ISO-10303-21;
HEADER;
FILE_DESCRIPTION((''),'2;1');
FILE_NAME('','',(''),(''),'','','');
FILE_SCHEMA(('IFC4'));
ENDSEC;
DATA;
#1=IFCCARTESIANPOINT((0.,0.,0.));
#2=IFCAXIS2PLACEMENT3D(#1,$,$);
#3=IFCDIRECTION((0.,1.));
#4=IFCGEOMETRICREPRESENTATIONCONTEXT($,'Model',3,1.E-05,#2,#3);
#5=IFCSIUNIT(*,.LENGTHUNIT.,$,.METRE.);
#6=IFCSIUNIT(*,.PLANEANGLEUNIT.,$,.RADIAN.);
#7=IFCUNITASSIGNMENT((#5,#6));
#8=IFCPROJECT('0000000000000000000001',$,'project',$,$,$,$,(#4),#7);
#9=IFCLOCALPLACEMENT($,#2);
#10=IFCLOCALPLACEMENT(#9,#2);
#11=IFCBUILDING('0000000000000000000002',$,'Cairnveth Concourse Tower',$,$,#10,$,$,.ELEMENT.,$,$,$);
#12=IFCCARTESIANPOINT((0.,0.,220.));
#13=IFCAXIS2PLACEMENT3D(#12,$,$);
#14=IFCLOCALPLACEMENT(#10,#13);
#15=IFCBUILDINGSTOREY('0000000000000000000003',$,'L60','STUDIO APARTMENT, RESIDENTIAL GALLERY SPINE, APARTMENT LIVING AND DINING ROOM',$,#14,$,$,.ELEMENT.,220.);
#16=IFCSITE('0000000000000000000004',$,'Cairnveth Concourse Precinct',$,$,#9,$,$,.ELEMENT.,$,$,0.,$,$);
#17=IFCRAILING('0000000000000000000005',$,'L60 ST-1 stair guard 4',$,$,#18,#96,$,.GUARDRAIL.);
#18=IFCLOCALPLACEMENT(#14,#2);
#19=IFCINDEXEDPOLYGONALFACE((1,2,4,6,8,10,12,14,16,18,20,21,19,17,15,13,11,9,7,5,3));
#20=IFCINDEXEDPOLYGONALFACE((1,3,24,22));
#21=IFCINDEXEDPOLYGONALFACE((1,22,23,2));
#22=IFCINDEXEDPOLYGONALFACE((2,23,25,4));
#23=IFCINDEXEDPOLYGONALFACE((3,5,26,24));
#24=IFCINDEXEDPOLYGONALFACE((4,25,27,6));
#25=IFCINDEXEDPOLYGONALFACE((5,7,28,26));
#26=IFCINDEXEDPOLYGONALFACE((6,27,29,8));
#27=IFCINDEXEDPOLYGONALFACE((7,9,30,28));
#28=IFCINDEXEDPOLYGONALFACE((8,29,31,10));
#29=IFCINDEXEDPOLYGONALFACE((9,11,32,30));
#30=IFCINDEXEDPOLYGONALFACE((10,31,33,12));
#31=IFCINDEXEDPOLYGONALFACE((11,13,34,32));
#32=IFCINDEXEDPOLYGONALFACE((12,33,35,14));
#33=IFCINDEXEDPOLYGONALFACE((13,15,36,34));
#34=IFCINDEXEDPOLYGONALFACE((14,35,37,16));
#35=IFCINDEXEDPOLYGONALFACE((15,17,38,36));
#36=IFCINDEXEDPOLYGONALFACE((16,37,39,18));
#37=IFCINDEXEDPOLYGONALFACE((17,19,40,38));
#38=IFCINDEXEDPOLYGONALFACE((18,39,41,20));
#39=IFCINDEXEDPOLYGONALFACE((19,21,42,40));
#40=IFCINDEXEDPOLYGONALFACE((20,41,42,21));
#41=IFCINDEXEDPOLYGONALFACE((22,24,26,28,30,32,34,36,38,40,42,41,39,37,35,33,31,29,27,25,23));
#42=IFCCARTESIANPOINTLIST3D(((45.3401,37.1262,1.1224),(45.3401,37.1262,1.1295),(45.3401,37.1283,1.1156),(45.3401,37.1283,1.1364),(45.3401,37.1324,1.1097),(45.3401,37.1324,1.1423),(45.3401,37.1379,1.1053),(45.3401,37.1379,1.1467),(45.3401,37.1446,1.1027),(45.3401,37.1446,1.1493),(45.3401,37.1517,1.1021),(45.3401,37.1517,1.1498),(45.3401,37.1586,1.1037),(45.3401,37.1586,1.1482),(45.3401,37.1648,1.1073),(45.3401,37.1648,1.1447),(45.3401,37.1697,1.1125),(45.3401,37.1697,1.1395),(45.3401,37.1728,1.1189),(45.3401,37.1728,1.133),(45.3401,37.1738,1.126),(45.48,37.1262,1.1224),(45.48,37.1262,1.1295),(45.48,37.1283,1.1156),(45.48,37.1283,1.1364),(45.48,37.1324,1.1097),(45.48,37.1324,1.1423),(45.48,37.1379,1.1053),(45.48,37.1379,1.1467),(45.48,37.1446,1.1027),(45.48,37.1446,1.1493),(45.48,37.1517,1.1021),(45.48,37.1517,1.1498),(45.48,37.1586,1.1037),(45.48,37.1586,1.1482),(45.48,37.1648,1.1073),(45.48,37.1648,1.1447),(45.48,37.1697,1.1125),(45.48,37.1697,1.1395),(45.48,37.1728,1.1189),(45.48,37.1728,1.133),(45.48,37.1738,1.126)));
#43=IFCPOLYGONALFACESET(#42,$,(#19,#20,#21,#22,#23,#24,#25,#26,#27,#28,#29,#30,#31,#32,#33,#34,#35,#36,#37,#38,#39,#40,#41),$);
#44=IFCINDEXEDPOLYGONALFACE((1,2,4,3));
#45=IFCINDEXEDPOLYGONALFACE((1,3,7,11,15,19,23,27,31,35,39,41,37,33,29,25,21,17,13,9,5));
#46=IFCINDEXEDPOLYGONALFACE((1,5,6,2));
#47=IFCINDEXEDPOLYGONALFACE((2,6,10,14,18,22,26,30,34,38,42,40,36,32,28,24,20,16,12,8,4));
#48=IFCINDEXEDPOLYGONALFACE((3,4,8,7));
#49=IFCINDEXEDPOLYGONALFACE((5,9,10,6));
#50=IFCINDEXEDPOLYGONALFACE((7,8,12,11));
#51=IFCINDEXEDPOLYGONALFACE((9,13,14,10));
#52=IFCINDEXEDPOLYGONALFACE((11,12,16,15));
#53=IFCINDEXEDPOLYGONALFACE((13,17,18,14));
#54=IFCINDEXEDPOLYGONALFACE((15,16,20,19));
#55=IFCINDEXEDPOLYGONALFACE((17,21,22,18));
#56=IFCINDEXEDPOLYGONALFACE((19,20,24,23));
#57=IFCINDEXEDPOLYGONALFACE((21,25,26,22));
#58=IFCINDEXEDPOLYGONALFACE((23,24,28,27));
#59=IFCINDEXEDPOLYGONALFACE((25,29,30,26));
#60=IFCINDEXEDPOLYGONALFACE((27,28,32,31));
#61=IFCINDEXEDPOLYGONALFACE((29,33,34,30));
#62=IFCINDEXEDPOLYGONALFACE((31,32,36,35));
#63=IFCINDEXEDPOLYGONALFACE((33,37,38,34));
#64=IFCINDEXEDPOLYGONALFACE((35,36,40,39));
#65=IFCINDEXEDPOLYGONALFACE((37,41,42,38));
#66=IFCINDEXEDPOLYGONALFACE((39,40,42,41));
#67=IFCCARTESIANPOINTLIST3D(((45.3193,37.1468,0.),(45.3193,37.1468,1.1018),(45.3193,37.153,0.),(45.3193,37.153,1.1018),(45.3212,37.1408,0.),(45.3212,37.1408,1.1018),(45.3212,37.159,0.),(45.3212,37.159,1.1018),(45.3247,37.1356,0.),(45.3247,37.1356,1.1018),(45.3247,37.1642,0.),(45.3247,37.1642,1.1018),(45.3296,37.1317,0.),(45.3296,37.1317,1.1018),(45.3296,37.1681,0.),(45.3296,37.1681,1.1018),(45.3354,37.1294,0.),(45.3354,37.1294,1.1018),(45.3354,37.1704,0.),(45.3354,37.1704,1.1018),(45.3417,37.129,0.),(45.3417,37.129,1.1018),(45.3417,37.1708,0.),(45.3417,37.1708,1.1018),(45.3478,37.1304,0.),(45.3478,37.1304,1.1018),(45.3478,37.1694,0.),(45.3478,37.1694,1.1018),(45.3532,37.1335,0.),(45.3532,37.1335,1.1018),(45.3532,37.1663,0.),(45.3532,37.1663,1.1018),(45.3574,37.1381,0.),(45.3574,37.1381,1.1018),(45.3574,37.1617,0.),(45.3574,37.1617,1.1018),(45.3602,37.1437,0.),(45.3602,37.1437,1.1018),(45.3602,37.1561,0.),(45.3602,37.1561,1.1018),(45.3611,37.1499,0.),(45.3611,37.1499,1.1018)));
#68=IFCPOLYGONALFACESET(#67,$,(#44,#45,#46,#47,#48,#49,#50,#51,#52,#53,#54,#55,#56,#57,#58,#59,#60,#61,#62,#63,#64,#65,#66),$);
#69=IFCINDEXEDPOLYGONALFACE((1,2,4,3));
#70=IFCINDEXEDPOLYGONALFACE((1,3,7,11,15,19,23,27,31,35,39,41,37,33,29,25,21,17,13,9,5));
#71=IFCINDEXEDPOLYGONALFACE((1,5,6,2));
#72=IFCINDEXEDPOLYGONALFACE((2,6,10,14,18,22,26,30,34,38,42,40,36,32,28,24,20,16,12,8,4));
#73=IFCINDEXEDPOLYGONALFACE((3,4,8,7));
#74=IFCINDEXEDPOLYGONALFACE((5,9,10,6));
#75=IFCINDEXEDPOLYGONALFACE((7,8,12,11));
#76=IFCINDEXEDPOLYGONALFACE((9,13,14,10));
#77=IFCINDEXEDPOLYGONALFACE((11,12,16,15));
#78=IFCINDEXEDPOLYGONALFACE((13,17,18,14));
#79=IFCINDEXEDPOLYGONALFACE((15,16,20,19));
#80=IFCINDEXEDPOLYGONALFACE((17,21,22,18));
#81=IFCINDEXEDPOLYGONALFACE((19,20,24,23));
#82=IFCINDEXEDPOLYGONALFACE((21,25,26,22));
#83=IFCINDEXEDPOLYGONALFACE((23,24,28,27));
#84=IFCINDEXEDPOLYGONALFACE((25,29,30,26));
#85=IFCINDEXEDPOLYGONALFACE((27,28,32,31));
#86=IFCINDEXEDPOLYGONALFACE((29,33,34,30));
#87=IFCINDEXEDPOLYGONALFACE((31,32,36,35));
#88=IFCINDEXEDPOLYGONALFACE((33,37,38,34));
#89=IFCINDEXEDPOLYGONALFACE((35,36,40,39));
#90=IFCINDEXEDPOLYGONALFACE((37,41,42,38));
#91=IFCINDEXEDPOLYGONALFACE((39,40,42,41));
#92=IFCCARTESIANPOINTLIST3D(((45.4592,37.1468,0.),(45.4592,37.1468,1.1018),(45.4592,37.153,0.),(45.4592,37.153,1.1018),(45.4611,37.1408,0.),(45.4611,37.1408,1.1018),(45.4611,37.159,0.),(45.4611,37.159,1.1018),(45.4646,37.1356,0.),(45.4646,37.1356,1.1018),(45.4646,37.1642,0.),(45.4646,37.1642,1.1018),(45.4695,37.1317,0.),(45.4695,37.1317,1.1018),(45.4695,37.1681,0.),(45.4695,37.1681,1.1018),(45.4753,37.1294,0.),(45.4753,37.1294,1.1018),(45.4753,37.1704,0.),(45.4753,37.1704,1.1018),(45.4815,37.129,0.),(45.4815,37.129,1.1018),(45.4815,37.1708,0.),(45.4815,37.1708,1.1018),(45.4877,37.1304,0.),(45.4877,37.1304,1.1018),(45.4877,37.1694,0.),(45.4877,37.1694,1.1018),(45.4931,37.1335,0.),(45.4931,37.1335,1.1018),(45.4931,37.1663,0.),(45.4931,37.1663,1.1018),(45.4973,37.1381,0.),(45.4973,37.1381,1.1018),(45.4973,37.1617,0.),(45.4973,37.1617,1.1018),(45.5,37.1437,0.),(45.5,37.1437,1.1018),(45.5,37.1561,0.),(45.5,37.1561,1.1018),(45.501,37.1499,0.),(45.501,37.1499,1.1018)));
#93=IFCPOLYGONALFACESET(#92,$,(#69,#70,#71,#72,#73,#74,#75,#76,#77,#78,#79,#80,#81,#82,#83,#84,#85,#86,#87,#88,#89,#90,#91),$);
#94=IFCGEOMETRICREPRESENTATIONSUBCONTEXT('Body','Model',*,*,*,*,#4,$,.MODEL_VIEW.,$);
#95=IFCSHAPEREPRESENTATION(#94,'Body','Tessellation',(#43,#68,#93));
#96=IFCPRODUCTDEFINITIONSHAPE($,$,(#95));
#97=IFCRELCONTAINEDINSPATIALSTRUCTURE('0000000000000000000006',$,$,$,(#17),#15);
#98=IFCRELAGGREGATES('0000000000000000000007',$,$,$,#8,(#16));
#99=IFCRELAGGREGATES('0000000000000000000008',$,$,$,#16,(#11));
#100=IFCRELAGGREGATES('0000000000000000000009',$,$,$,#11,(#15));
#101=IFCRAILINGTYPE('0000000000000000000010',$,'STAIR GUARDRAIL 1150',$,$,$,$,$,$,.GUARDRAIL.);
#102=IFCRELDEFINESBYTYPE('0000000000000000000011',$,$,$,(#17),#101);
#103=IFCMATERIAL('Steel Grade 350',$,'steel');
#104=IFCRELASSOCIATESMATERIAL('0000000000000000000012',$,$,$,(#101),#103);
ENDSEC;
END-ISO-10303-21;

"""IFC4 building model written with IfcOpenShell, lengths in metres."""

from ifc_helpers import new_model, si_unit, direction, frame, origin, origin_2d, place, context, subcontext, project, spatial, circle, extrude, material, type_object, element, save


model = new_model("IFC4")

# Units and contexts
model_context = context("Model", 3, precision=1e-05, world=origin(), true_north=direction((0.0, 1.0)))
body_context = subcontext(model_context, "Body", "Model", "MODEL_VIEW")
ifc_project = project(units=[si_unit("LENGTHUNIT", "METRE"), si_unit("PLANEANGLEUNIT", "RADIAN")], contexts=[model_context])

# Site, building, storey
site_placement = place(None, origin())
site = spatial("IfcSite", under=ifc_project, at=site_placement, Name="Cairnveth Concourse Precinct", CompositionType="ELEMENT", RefElevation=0.0)
building_placement = place(site_placement, origin())
building = spatial("IfcBuilding", under=site, at=building_placement, Name="Cairnveth Concourse Tower", CompositionType="ELEMENT")
storey_placement = place(building_placement, frame((0.0, 0.0, 220.0)))
storey = spatial("IfcBuildingStorey", under=building, at=storey_placement, Name="L60", Description="STUDIO APARTMENT, RESIDENTIAL GALLERY SPINE, APARTMENT LIVING AND DINING ROOM", CompositionType="ELEMENT", Elevation=220.0)

# Shared definitions
ifc_material_1 = material(Name="Steel Grade 350", Category="steel")

# Railing
railing_type_1 = type_object("IfcRailingType", Name="STAIR GUARDRAIL 1150", PredefinedType="GUARDRAIL", material=ifc_material_1)
railing_1_placement = place(storey_placement, frame((45.3401, 37.1499, 0.0)))
element("IfcRailing", 1, at=railing_1_placement, inside=storey, type_object=railing_type_1, Name="L60 ST-1 stair guard 4", PredefinedType="GUARDRAIL", context=body_context, shape_type="SweptSolid", body=[
    extrude(circle(Radius=0.0239, at=origin_2d()), frame((0.0, 0.0, 1.126), z_axis=(1.0, 0.0, 0.0), x_axis=(0.0, 1.0, 0.0)), (0.0, 0.0, 1.0), 0.1399),
    extrude(circle(Radius=0.021, at=origin_2d()), origin(), (0.0, 0.0, 1.0), 1.1018),
    extrude(circle(Radius=0.021, at=origin_2d()), frame((0.1399, 0.0, 0.0)), (0.0, 0.0, 1.0), 1.1018),
])

save(model, "model.ifc")
